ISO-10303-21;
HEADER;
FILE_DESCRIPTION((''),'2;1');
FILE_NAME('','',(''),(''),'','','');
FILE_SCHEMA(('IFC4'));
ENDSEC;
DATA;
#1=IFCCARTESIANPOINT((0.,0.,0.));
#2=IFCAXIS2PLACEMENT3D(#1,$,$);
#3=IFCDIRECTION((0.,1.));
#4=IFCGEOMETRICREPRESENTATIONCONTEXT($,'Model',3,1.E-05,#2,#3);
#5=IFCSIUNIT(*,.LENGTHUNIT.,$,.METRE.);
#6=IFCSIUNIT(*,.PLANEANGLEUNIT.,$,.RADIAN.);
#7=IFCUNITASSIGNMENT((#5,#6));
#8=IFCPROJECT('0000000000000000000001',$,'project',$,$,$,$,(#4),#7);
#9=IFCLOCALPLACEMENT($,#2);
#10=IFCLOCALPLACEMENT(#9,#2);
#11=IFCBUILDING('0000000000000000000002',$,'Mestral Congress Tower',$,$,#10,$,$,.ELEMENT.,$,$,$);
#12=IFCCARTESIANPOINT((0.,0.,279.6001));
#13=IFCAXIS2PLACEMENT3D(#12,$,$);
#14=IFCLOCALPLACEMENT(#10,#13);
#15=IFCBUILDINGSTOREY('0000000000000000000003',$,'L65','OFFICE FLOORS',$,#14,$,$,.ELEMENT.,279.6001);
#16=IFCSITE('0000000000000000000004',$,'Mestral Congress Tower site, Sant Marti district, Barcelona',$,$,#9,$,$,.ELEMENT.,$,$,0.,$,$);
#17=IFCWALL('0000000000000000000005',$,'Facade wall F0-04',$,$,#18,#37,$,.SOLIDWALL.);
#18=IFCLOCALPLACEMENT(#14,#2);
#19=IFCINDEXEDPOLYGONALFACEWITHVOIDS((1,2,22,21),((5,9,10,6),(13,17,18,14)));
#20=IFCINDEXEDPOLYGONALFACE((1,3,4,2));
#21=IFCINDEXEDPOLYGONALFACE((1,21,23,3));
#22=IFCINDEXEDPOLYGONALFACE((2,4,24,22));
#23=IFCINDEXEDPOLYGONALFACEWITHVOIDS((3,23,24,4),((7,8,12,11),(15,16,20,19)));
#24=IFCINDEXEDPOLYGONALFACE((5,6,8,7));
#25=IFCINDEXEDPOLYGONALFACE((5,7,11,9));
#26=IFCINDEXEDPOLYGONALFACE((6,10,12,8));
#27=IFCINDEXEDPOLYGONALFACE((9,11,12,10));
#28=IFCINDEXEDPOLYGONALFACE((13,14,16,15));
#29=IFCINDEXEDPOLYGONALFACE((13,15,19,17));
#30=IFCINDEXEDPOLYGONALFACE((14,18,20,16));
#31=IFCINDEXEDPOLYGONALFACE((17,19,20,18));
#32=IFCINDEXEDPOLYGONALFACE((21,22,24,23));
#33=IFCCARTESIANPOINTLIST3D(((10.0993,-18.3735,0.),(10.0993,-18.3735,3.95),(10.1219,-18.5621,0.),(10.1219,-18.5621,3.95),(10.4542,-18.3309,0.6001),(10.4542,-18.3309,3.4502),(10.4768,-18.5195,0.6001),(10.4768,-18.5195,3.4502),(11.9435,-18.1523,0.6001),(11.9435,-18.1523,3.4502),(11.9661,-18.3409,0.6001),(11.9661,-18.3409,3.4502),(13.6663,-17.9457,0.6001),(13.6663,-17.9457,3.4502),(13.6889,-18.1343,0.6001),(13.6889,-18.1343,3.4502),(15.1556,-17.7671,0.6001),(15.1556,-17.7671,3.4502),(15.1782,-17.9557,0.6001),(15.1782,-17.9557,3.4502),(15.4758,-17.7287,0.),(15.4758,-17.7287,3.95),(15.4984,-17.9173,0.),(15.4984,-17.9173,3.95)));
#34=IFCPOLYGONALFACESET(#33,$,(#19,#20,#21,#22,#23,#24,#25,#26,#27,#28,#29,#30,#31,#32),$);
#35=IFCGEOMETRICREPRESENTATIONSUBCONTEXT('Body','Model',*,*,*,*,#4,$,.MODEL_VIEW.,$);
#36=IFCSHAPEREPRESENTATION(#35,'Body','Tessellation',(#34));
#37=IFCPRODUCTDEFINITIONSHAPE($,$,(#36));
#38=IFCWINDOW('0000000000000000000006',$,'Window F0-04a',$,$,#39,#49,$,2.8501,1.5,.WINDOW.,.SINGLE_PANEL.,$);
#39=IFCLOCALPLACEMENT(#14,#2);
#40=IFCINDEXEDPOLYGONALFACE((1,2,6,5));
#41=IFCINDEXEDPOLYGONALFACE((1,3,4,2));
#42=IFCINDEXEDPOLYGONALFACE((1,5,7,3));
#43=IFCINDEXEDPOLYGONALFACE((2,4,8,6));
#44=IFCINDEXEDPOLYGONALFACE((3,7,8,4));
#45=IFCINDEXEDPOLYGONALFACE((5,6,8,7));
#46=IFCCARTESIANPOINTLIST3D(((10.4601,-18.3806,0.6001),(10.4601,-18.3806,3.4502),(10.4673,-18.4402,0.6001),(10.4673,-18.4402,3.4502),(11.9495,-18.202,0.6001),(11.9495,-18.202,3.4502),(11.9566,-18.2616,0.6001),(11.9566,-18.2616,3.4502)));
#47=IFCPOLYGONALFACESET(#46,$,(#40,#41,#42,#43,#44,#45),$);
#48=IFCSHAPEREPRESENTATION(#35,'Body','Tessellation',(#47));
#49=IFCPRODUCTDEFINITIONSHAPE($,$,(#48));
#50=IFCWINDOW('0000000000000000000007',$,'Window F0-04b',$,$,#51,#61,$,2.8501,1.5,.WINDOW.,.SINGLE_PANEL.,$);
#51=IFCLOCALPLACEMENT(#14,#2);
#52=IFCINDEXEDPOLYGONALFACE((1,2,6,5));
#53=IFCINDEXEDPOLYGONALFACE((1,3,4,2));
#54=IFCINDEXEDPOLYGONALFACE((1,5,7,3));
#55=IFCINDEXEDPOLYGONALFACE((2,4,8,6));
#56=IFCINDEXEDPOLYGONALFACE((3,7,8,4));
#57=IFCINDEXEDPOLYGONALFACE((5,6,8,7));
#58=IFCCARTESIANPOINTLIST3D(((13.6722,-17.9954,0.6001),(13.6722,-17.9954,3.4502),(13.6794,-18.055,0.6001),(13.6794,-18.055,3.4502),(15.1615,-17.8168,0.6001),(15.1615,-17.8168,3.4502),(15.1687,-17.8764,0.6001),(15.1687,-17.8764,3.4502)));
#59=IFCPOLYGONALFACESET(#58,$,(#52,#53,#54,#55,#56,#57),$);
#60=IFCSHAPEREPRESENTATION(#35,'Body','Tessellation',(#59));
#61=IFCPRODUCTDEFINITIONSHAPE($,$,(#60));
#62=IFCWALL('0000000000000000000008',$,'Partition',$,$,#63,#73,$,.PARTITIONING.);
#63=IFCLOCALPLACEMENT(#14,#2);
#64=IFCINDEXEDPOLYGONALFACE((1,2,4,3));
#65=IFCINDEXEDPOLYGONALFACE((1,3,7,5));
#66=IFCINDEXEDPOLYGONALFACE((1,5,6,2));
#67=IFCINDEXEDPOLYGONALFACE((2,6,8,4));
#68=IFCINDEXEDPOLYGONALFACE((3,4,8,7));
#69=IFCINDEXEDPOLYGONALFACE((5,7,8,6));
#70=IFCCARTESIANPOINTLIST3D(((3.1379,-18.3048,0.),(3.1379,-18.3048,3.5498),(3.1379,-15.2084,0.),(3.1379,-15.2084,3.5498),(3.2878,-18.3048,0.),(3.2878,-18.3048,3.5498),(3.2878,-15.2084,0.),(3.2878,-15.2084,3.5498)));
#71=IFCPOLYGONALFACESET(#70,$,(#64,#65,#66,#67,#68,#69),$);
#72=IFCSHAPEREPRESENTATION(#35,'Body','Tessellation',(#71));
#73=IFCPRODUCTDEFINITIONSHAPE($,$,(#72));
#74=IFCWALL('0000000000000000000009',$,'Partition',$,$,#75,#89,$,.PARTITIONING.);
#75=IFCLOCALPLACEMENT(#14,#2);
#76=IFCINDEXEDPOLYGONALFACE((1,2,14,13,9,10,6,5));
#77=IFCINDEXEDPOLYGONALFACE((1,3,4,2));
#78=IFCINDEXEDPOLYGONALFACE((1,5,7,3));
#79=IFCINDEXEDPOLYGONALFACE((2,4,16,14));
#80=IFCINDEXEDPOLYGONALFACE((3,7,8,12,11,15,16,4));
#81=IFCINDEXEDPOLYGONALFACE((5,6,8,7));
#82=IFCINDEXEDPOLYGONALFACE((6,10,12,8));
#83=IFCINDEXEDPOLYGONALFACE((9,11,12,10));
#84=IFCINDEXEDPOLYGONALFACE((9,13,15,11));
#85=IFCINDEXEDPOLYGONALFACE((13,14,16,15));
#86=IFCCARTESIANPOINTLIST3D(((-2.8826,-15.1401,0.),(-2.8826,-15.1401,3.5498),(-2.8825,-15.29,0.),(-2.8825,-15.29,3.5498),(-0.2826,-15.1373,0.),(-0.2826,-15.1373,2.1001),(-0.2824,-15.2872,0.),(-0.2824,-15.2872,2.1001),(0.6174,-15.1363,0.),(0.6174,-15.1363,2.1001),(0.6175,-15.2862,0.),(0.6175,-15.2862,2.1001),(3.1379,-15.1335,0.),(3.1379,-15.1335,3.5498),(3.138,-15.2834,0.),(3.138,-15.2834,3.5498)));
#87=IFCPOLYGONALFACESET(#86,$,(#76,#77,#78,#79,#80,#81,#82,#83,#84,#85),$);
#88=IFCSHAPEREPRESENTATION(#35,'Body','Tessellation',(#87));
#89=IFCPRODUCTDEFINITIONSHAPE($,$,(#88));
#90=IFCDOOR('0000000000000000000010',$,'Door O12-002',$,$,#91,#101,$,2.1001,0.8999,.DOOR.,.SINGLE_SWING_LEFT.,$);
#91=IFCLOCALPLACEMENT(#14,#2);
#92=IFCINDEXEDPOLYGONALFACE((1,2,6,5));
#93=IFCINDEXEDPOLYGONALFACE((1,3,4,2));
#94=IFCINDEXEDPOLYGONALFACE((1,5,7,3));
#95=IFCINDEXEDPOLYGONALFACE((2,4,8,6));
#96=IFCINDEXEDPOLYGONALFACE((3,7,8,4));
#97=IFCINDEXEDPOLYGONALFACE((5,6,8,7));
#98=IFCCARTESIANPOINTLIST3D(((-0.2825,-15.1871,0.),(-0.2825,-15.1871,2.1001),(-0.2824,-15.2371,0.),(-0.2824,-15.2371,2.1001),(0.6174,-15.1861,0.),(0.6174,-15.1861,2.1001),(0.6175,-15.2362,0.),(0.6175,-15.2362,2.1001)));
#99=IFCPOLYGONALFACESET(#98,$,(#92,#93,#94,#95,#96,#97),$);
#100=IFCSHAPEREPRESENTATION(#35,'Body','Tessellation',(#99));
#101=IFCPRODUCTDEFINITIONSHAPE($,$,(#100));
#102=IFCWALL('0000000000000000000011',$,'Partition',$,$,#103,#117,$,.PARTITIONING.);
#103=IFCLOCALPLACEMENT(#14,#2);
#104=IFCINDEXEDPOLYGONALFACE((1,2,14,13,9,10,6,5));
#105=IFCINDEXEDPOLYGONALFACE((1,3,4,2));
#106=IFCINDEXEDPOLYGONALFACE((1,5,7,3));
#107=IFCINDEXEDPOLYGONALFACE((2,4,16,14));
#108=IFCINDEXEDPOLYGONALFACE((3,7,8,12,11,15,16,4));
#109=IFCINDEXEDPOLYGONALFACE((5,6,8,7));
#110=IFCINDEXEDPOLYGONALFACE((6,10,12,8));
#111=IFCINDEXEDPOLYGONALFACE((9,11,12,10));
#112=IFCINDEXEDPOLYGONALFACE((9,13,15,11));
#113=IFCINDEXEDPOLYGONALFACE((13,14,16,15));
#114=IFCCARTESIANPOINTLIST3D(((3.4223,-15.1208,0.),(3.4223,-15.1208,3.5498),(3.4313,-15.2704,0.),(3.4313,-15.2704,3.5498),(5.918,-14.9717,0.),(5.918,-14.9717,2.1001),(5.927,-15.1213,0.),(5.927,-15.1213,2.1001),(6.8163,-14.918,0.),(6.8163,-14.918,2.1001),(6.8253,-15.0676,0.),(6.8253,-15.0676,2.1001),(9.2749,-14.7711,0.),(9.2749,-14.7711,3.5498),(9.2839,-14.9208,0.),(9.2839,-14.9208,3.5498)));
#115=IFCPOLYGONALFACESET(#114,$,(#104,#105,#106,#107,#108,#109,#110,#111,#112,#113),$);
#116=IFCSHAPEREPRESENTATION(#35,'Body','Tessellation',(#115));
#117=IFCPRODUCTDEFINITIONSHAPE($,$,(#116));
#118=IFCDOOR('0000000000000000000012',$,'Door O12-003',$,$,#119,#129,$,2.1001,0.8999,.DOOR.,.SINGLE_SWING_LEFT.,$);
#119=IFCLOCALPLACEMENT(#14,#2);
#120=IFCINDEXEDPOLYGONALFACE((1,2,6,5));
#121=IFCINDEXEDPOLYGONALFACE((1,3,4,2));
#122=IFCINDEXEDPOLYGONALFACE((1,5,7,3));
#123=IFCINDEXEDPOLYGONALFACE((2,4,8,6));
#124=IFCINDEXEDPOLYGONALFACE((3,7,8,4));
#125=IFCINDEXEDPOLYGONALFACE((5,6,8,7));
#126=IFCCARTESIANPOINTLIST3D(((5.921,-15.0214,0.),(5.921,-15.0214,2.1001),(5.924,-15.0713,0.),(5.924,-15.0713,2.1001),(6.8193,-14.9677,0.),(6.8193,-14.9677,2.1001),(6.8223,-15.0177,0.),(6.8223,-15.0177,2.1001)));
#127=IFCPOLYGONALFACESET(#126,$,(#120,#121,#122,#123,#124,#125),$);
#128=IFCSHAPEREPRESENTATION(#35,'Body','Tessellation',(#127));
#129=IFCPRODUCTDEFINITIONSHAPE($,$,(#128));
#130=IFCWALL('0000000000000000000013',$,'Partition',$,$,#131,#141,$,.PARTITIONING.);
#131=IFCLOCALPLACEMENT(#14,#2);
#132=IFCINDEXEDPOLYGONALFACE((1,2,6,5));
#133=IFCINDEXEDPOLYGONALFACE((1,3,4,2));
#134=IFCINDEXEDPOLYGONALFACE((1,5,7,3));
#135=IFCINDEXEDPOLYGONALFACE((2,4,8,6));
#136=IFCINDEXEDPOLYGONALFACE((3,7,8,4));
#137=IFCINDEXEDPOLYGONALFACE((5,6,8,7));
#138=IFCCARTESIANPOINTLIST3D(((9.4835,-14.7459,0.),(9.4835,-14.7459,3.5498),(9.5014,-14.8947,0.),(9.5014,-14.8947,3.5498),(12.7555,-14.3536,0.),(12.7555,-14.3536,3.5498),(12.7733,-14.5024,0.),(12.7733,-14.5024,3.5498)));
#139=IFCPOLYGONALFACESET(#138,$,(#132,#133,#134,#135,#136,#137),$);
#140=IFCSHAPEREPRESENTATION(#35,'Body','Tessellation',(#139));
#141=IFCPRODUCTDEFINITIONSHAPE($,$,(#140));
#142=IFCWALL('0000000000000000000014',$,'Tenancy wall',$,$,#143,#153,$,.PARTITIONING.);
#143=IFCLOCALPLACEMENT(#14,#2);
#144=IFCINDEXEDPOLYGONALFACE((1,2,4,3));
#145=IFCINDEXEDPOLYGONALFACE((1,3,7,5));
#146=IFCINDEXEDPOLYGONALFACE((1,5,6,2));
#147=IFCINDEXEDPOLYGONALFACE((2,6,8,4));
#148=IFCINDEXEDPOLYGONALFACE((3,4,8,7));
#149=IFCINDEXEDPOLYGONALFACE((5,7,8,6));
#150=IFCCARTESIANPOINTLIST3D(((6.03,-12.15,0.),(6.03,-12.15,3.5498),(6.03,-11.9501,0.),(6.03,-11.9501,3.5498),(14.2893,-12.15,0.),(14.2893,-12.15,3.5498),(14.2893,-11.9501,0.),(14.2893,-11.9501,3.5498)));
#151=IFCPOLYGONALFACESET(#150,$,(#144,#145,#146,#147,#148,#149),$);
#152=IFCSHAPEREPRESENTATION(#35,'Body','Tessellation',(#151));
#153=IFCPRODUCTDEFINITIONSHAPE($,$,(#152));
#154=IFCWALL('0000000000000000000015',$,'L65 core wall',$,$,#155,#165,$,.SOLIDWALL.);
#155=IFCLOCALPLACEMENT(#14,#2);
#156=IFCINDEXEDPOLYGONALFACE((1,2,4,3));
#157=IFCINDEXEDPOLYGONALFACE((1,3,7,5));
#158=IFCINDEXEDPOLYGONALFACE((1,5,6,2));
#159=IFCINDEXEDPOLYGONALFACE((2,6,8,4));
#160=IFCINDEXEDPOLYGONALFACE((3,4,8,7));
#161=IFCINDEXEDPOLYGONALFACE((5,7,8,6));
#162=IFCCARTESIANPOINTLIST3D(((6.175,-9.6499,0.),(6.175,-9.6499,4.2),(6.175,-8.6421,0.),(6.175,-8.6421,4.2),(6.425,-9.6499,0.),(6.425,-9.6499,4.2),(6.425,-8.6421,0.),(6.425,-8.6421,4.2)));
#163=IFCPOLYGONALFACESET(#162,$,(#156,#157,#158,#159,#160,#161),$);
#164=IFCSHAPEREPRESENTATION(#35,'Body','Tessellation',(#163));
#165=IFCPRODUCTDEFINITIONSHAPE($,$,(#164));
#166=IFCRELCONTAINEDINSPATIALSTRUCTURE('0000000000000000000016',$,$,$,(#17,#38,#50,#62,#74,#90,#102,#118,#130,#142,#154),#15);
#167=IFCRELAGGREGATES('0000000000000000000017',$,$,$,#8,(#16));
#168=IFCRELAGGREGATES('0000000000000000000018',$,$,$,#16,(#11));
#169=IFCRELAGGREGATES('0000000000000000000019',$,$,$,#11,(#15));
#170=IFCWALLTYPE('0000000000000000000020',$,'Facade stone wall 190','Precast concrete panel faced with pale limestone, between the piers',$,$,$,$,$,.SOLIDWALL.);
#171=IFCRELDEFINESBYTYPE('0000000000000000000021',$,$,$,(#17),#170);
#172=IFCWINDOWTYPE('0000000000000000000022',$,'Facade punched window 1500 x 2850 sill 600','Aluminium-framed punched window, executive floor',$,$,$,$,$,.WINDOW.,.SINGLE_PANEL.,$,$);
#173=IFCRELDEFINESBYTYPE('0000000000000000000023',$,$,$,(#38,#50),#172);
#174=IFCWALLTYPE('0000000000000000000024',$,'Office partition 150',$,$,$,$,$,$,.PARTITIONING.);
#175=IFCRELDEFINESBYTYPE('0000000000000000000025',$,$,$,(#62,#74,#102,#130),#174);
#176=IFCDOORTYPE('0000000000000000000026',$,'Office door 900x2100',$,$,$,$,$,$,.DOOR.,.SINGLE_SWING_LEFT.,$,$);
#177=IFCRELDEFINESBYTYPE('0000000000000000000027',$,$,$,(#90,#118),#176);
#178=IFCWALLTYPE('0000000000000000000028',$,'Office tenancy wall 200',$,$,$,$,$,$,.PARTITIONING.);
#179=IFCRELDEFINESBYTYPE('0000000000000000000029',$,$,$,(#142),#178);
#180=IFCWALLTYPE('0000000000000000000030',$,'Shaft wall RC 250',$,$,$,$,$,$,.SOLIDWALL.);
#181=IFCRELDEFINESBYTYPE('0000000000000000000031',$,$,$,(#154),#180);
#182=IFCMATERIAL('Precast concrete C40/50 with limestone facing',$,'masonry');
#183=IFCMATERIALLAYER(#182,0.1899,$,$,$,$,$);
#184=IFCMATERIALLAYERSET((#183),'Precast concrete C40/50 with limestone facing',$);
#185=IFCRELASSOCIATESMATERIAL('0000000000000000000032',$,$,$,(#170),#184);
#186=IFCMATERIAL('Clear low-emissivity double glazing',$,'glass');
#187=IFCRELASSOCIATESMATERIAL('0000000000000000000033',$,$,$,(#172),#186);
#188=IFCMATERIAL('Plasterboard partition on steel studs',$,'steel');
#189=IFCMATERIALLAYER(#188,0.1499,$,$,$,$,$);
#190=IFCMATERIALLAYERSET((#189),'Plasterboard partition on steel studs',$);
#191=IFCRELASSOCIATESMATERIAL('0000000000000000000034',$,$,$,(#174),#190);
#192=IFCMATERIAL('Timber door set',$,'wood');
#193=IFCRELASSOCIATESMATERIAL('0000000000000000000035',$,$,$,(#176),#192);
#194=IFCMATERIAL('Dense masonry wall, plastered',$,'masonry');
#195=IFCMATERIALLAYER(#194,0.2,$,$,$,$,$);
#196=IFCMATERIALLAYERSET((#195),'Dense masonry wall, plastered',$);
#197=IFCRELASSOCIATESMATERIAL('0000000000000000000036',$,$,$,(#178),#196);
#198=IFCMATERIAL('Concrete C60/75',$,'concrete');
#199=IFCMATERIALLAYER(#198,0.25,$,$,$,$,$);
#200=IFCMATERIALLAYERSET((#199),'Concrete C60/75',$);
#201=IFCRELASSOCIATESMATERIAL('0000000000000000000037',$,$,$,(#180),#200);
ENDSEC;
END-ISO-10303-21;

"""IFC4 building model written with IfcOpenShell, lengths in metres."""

from ifc_helpers import new_model, si_unit, direction, frame, frame_2d, origin, place, context, subcontext, project, spatial, rectangle, extrude, material, layer, layer_set, type_object, element, fill, save


model = new_model("IFC4")

# Units and contexts
model_context = context("Model", 3, precision=1e-05, world=origin(), true_north=direction((0.0, 1.0)))
body_context = subcontext(model_context, "Body", "Model", "MODEL_VIEW")
ifc_project = project(units=[si_unit("LENGTHUNIT", "METRE"), si_unit("PLANEANGLEUNIT", "RADIAN")], contexts=[model_context])

# Site, building, storey
site_placement = place(None, origin())
site = spatial("IfcSite", under=ifc_project, at=site_placement, Name="Mestral Congress Tower site, Sant Marti district, Barcelona", CompositionType="ELEMENT", RefElevation=0.0)
building_placement = place(site_placement, origin())
building = spatial("IfcBuilding", under=site, at=building_placement, Name="Mestral Congress Tower", CompositionType="ELEMENT")
storey_placement = place(building_placement, frame((0.0, 0.0, 279.6001)))
storey = spatial("IfcBuildingStorey", under=building, at=storey_placement, Name="L65", Description="OFFICE FLOORS", CompositionType="ELEMENT", Elevation=279.6001)

# Shared definitions
ifc_material_1 = material(Name="Concrete C60/75", Category="concrete")

# Wall, openings, windows
ifc_material_2 = material(Name="Precast concrete C40/50 with limestone facing", Category="masonry")
ifc_layer_1 = layer(ifc_material_2, 0.1899)
ifc_layer_set_1 = layer_set([ifc_layer_1], Name="Precast concrete C40/50 with limestone facing")
wall_type_1 = type_object("IfcWallType", Name="Facade stone wall 190", Description="Precast concrete panel faced with pale limestone, between the piers", PredefinedType="SOLIDWALL", material=ifc_layer_set_1)
ifc_material_3 = material(Name="Clear low-emissivity double glazing", Category="glass")
window_type = type_object("IfcWindowType", Name="Facade punched window 1500 x 2850 sill 600", Description="Aluminium-framed punched window, executive floor", PartitioningType="SINGLE_PANEL", PredefinedType="WINDOW", material=ifc_material_3)
wall_1_placement = place(storey_placement, frame((10.1106, -18.4678, 0.0), z_axis=(0.0, 0.0, 1.0), x_axis=(0.992886, 0.119072, 0.0)))
wall_1 = element("IfcWall", 1, at=wall_1_placement, inside=storey, type_object=wall_type_1, Name="Facade wall F0-04", PredefinedType="SOLIDWALL", context=body_context, shape_type="SweptSolid", body=[
    extrude(rectangle(XDim=5.415, YDim=0.1899, at=frame_2d((2.7075, 0.0))), origin(), (0.0, 0.0, 1.0), 3.95),
])
opening_1_placement = place(wall_1_placement, frame((0.3574, 0.0, 0.6001)))
opening_1 = element("IfcOpeningElement", 2, at=opening_1_placement, cuts=wall_1, PredefinedType="OPENING", context=body_context, shape_type="SweptSolid", body=[
    extrude(rectangle(XDim=1.5, YDim=2.8501, at=frame_2d((0.75, 1.425))), frame((0.0, 0.105, 0.0), z_axis=(0.0, -1.0, 0.0), x_axis=(1.0, 0.0, 0.0)), (0.0, 0.0, 1.0), 0.21),
])
opening_2_placement = place(wall_1_placement, frame((3.5925, 0.0, 0.6001)))
opening_2 = element("IfcOpeningElement", 3, at=opening_2_placement, cuts=wall_1, PredefinedType="OPENING", context=body_context, shape_type="SweptSolid", body=[
    extrude(rectangle(XDim=1.5, YDim=2.8501, at=frame_2d((0.75, 1.425))), frame((0.0, 0.105, 0.0), z_axis=(0.0, -1.0, 0.0), x_axis=(1.0, 0.0, 0.0)), (0.0, 0.0, 1.0), 0.21),
])
window_1_placement = place(opening_1_placement, origin())
window_1 = element("IfcWindow", 4, at=window_1_placement, inside=storey, type_object=window_type, Name="Window F0-04a", OverallHeight=2.8501, OverallWidth=1.5, PartitioningType="SINGLE_PANEL", PredefinedType="WINDOW", context=body_context, shape_type="SweptSolid", body=[
    extrude(rectangle(XDim=1.5, YDim=2.8501, at=frame_2d((0.75, 1.425))), frame((0.0, 0.0449, 0.0), z_axis=(0.0, -1.0, 0.0), x_axis=(1.0, 0.0, 0.0)), (0.0, 0.0, 1.0), 0.0601),
])
fill(opening_1, window_1)
window_2_placement = place(opening_2_placement, origin())
window_2 = element("IfcWindow", 5, at=window_2_placement, inside=storey, type_object=window_type, Name="Window F0-04b", OverallHeight=2.8501, OverallWidth=1.5, PartitioningType="SINGLE_PANEL", PredefinedType="WINDOW", context=body_context, shape_type="SweptSolid", body=[
    extrude(rectangle(XDim=1.5, YDim=2.8501, at=frame_2d((0.75, 1.425))), frame((0.0, 0.0449, 0.0), z_axis=(0.0, -1.0, 0.0), x_axis=(1.0, 0.0, 0.0)), (0.0, 0.0, 1.0), 0.0601),
])
fill(opening_2, window_2)

# Wall
ifc_material_4 = material(Name="Plasterboard partition on steel studs", Category="steel")
ifc_layer_2 = layer(ifc_material_4, 0.1499)
ifc_layer_set_2 = layer_set([ifc_layer_2], Name="Plasterboard partition on steel studs")
wall_type_2 = type_object("IfcWallType", Name="Office partition 150", PredefinedType="PARTITIONING", material=ifc_layer_set_2)
wall_2_placement = place(storey_placement, frame((3.2129, -15.2083, 0.0), z_axis=(0.0, 0.0, 1.0), x_axis=(0.0, -1.0, 0.0)))
element("IfcWall", 6, at=wall_2_placement, inside=storey, type_object=wall_type_2, Name="Partition", PredefinedType="PARTITIONING", context=body_context, shape_type="SweptSolid", body=[
    extrude(rectangle(XDim=3.0964, YDim=0.1499, at=frame_2d((1.5483, 0.0))), origin(), (0.0, 0.0, 1.0), 3.5498),
])

# Walls, openings, doors
wall_3_placement = place(storey_placement, frame((3.1379, -15.2085, 0.0), z_axis=(0.0, 0.0, 1.0), x_axis=(-0.999999, -0.001095, 0.0)))
wall_3 = element("IfcWall", 7, at=wall_3_placement, inside=storey, type_object=wall_type_2, Name="Partition", PredefinedType="PARTITIONING", context=body_context, shape_type="SweptSolid", body=[
    extrude(rectangle(XDim=6.0205, YDim=0.1499, at=frame_2d((3.0103, 0.0))), origin(), (0.0, 0.0, 1.0), 3.5498),
])
opening_3_placement = place(wall_3_placement, frame((2.5205, 0.0, 0.0)))
opening_3 = element("IfcOpeningElement", 8, at=opening_3_placement, cuts=wall_3, PredefinedType="OPENING", context=body_context, shape_type="SweptSolid", body=[
    extrude(rectangle(XDim=0.8999, YDim=2.1001, at=frame_2d((0.45, 1.05))), frame((0.0, 0.085, 0.0), z_axis=(0.0, -1.0, 0.0), x_axis=(1.0, 0.0, 0.0)), (0.0, 0.0, 1.0), 0.1699),
])
ifc_material_5 = material(Name="Timber door set", Category="wood")
door_type = type_object("IfcDoorType", Name="Office door 900x2100", OperationType="SINGLE_SWING_LEFT", PredefinedType="DOOR", material=ifc_material_5)
door_1_placement = place(opening_3_placement, origin())
door_1 = element("IfcDoor", 9, at=door_1_placement, inside=storey, type_object=door_type, Name="Door O12-002", OperationType="SINGLE_SWING_LEFT", OverallHeight=2.1001, OverallWidth=0.8999, PredefinedType="DOOR", context=body_context, shape_type="SweptSolid", body=[
    extrude(rectangle(XDim=0.8999, YDim=2.1001, at=frame_2d((0.45, 1.05))), frame((0.0, 0.0249, 0.0), z_axis=(0.0, -1.0, 0.0), x_axis=(1.0, 0.0, 0.0)), (0.0, 0.0, 1.0), 0.05),
])
fill(opening_3, door_1)
wall_4_placement = place(storey_placement, frame((9.2795, -14.8459, 0.0), z_axis=(0.0, 0.0, 1.0), x_axis=(-0.998221, -0.05963, 0.0)))
wall_4 = element("IfcWall", 10, at=wall_4_placement, inside=storey, type_object=wall_type_2, Name="Partition", PredefinedType="PARTITIONING", context=body_context, shape_type="SweptSolid", body=[
    extrude(rectangle(XDim=5.863, YDim=0.1499, at=frame_2d((2.9316, 0.0))), origin(), (0.0, 0.0, 1.0), 3.5498),
])
opening_4_placement = place(wall_4_placement, frame((2.4631, 0.0, 0.0)))
opening_4 = element("IfcOpeningElement", 11, at=opening_4_placement, cuts=wall_4, PredefinedType="OPENING", context=body_context, shape_type="SweptSolid", body=[
    extrude(rectangle(XDim=0.8999, YDim=2.1001, at=frame_2d((0.45, 1.05))), frame((0.0, 0.085, 0.0), z_axis=(0.0, -1.0, 0.0), x_axis=(1.0, 0.0, 0.0)), (0.0, 0.0, 1.0), 0.1699),
])
door_2_placement = place(opening_4_placement, origin())
door_2 = element("IfcDoor", 12, at=door_2_placement, inside=storey, type_object=door_type, Name="Door O12-003", OperationType="SINGLE_SWING_LEFT", OverallHeight=2.1001, OverallWidth=0.8999, PredefinedType="DOOR", context=body_context, shape_type="SweptSolid", body=[
    extrude(rectangle(XDim=0.8999, YDim=2.1001, at=frame_2d((0.45, 1.05))), frame((0.0, 0.0249, 0.0), z_axis=(0.0, -1.0, 0.0), x_axis=(1.0, 0.0, 0.0)), (0.0, 0.0, 1.0), 0.05),
])
fill(opening_4, door_2)

# Walls
wall_5_placement = place(storey_placement, frame((9.4924, -14.8203, 0.0), z_axis=(0.0, 0.0, 1.0), x_axis=(0.992888, 0.119055, 0.0)))
element("IfcWall", 13, at=wall_5_placement, inside=storey, type_object=wall_type_2, Name="Partition", PredefinedType="PARTITIONING", context=body_context, shape_type="SweptSolid", body=[
    extrude(rectangle(XDim=3.2954, YDim=0.1499, at=frame_2d((1.6477, 0.0))), origin(), (0.0, 0.0, 1.0), 3.5498),
])
ifc_material_6 = material(Name="Dense masonry wall, plastered", Category="masonry")
ifc_layer_3 = layer(ifc_material_6, 0.2)
ifc_layer_set_3 = layer_set([ifc_layer_3], Name="Dense masonry wall, plastered")
wall_type_3 = type_object("IfcWallType", Name="Office tenancy wall 200", PredefinedType="PARTITIONING", material=ifc_layer_set_3)
wall_6_placement = place(storey_placement, frame((6.03, -12.05, 0.0), z_axis=(0.0, 0.0, 1.0), x_axis=(1.0, 0.0, 0.0)))
element("IfcWall", 14, at=wall_6_placement, inside=storey, type_object=wall_type_3, Name="Tenancy wall", PredefinedType="PARTITIONING", context=body_context, shape_type="SweptSolid", body=[
    extrude(rectangle(XDim=8.2593, YDim=0.2, at=frame_2d((4.1296, 0.0))), origin(), (0.0, 0.0, 1.0), 3.5498),
])
ifc_layer_4 = layer(ifc_material_1, 0.25)
ifc_layer_set_4 = layer_set([ifc_layer_4], Name="Concrete C60/75")
wall_type_4 = type_object("IfcWallType", Name="Shaft wall RC 250", PredefinedType="SOLIDWALL", material=ifc_layer_set_4)
wall_7_placement = place(storey_placement, frame((6.3, -9.6499, 0.0), z_axis=(0.0, 0.0, 1.0), x_axis=(0.0, 1.0, 0.0)))
element("IfcWall", 15, at=wall_7_placement, inside=storey, type_object=wall_type_4, Name="L65 core wall", PredefinedType="SOLIDWALL", context=body_context, shape_type="SweptSolid", body=[
    extrude(rectangle(XDim=1.0078, YDim=0.25, at=frame_2d((0.5039, 0.0))), origin(), (0.0, 0.0, 1.0), 4.2),
])

save(model, "model.ifc")
